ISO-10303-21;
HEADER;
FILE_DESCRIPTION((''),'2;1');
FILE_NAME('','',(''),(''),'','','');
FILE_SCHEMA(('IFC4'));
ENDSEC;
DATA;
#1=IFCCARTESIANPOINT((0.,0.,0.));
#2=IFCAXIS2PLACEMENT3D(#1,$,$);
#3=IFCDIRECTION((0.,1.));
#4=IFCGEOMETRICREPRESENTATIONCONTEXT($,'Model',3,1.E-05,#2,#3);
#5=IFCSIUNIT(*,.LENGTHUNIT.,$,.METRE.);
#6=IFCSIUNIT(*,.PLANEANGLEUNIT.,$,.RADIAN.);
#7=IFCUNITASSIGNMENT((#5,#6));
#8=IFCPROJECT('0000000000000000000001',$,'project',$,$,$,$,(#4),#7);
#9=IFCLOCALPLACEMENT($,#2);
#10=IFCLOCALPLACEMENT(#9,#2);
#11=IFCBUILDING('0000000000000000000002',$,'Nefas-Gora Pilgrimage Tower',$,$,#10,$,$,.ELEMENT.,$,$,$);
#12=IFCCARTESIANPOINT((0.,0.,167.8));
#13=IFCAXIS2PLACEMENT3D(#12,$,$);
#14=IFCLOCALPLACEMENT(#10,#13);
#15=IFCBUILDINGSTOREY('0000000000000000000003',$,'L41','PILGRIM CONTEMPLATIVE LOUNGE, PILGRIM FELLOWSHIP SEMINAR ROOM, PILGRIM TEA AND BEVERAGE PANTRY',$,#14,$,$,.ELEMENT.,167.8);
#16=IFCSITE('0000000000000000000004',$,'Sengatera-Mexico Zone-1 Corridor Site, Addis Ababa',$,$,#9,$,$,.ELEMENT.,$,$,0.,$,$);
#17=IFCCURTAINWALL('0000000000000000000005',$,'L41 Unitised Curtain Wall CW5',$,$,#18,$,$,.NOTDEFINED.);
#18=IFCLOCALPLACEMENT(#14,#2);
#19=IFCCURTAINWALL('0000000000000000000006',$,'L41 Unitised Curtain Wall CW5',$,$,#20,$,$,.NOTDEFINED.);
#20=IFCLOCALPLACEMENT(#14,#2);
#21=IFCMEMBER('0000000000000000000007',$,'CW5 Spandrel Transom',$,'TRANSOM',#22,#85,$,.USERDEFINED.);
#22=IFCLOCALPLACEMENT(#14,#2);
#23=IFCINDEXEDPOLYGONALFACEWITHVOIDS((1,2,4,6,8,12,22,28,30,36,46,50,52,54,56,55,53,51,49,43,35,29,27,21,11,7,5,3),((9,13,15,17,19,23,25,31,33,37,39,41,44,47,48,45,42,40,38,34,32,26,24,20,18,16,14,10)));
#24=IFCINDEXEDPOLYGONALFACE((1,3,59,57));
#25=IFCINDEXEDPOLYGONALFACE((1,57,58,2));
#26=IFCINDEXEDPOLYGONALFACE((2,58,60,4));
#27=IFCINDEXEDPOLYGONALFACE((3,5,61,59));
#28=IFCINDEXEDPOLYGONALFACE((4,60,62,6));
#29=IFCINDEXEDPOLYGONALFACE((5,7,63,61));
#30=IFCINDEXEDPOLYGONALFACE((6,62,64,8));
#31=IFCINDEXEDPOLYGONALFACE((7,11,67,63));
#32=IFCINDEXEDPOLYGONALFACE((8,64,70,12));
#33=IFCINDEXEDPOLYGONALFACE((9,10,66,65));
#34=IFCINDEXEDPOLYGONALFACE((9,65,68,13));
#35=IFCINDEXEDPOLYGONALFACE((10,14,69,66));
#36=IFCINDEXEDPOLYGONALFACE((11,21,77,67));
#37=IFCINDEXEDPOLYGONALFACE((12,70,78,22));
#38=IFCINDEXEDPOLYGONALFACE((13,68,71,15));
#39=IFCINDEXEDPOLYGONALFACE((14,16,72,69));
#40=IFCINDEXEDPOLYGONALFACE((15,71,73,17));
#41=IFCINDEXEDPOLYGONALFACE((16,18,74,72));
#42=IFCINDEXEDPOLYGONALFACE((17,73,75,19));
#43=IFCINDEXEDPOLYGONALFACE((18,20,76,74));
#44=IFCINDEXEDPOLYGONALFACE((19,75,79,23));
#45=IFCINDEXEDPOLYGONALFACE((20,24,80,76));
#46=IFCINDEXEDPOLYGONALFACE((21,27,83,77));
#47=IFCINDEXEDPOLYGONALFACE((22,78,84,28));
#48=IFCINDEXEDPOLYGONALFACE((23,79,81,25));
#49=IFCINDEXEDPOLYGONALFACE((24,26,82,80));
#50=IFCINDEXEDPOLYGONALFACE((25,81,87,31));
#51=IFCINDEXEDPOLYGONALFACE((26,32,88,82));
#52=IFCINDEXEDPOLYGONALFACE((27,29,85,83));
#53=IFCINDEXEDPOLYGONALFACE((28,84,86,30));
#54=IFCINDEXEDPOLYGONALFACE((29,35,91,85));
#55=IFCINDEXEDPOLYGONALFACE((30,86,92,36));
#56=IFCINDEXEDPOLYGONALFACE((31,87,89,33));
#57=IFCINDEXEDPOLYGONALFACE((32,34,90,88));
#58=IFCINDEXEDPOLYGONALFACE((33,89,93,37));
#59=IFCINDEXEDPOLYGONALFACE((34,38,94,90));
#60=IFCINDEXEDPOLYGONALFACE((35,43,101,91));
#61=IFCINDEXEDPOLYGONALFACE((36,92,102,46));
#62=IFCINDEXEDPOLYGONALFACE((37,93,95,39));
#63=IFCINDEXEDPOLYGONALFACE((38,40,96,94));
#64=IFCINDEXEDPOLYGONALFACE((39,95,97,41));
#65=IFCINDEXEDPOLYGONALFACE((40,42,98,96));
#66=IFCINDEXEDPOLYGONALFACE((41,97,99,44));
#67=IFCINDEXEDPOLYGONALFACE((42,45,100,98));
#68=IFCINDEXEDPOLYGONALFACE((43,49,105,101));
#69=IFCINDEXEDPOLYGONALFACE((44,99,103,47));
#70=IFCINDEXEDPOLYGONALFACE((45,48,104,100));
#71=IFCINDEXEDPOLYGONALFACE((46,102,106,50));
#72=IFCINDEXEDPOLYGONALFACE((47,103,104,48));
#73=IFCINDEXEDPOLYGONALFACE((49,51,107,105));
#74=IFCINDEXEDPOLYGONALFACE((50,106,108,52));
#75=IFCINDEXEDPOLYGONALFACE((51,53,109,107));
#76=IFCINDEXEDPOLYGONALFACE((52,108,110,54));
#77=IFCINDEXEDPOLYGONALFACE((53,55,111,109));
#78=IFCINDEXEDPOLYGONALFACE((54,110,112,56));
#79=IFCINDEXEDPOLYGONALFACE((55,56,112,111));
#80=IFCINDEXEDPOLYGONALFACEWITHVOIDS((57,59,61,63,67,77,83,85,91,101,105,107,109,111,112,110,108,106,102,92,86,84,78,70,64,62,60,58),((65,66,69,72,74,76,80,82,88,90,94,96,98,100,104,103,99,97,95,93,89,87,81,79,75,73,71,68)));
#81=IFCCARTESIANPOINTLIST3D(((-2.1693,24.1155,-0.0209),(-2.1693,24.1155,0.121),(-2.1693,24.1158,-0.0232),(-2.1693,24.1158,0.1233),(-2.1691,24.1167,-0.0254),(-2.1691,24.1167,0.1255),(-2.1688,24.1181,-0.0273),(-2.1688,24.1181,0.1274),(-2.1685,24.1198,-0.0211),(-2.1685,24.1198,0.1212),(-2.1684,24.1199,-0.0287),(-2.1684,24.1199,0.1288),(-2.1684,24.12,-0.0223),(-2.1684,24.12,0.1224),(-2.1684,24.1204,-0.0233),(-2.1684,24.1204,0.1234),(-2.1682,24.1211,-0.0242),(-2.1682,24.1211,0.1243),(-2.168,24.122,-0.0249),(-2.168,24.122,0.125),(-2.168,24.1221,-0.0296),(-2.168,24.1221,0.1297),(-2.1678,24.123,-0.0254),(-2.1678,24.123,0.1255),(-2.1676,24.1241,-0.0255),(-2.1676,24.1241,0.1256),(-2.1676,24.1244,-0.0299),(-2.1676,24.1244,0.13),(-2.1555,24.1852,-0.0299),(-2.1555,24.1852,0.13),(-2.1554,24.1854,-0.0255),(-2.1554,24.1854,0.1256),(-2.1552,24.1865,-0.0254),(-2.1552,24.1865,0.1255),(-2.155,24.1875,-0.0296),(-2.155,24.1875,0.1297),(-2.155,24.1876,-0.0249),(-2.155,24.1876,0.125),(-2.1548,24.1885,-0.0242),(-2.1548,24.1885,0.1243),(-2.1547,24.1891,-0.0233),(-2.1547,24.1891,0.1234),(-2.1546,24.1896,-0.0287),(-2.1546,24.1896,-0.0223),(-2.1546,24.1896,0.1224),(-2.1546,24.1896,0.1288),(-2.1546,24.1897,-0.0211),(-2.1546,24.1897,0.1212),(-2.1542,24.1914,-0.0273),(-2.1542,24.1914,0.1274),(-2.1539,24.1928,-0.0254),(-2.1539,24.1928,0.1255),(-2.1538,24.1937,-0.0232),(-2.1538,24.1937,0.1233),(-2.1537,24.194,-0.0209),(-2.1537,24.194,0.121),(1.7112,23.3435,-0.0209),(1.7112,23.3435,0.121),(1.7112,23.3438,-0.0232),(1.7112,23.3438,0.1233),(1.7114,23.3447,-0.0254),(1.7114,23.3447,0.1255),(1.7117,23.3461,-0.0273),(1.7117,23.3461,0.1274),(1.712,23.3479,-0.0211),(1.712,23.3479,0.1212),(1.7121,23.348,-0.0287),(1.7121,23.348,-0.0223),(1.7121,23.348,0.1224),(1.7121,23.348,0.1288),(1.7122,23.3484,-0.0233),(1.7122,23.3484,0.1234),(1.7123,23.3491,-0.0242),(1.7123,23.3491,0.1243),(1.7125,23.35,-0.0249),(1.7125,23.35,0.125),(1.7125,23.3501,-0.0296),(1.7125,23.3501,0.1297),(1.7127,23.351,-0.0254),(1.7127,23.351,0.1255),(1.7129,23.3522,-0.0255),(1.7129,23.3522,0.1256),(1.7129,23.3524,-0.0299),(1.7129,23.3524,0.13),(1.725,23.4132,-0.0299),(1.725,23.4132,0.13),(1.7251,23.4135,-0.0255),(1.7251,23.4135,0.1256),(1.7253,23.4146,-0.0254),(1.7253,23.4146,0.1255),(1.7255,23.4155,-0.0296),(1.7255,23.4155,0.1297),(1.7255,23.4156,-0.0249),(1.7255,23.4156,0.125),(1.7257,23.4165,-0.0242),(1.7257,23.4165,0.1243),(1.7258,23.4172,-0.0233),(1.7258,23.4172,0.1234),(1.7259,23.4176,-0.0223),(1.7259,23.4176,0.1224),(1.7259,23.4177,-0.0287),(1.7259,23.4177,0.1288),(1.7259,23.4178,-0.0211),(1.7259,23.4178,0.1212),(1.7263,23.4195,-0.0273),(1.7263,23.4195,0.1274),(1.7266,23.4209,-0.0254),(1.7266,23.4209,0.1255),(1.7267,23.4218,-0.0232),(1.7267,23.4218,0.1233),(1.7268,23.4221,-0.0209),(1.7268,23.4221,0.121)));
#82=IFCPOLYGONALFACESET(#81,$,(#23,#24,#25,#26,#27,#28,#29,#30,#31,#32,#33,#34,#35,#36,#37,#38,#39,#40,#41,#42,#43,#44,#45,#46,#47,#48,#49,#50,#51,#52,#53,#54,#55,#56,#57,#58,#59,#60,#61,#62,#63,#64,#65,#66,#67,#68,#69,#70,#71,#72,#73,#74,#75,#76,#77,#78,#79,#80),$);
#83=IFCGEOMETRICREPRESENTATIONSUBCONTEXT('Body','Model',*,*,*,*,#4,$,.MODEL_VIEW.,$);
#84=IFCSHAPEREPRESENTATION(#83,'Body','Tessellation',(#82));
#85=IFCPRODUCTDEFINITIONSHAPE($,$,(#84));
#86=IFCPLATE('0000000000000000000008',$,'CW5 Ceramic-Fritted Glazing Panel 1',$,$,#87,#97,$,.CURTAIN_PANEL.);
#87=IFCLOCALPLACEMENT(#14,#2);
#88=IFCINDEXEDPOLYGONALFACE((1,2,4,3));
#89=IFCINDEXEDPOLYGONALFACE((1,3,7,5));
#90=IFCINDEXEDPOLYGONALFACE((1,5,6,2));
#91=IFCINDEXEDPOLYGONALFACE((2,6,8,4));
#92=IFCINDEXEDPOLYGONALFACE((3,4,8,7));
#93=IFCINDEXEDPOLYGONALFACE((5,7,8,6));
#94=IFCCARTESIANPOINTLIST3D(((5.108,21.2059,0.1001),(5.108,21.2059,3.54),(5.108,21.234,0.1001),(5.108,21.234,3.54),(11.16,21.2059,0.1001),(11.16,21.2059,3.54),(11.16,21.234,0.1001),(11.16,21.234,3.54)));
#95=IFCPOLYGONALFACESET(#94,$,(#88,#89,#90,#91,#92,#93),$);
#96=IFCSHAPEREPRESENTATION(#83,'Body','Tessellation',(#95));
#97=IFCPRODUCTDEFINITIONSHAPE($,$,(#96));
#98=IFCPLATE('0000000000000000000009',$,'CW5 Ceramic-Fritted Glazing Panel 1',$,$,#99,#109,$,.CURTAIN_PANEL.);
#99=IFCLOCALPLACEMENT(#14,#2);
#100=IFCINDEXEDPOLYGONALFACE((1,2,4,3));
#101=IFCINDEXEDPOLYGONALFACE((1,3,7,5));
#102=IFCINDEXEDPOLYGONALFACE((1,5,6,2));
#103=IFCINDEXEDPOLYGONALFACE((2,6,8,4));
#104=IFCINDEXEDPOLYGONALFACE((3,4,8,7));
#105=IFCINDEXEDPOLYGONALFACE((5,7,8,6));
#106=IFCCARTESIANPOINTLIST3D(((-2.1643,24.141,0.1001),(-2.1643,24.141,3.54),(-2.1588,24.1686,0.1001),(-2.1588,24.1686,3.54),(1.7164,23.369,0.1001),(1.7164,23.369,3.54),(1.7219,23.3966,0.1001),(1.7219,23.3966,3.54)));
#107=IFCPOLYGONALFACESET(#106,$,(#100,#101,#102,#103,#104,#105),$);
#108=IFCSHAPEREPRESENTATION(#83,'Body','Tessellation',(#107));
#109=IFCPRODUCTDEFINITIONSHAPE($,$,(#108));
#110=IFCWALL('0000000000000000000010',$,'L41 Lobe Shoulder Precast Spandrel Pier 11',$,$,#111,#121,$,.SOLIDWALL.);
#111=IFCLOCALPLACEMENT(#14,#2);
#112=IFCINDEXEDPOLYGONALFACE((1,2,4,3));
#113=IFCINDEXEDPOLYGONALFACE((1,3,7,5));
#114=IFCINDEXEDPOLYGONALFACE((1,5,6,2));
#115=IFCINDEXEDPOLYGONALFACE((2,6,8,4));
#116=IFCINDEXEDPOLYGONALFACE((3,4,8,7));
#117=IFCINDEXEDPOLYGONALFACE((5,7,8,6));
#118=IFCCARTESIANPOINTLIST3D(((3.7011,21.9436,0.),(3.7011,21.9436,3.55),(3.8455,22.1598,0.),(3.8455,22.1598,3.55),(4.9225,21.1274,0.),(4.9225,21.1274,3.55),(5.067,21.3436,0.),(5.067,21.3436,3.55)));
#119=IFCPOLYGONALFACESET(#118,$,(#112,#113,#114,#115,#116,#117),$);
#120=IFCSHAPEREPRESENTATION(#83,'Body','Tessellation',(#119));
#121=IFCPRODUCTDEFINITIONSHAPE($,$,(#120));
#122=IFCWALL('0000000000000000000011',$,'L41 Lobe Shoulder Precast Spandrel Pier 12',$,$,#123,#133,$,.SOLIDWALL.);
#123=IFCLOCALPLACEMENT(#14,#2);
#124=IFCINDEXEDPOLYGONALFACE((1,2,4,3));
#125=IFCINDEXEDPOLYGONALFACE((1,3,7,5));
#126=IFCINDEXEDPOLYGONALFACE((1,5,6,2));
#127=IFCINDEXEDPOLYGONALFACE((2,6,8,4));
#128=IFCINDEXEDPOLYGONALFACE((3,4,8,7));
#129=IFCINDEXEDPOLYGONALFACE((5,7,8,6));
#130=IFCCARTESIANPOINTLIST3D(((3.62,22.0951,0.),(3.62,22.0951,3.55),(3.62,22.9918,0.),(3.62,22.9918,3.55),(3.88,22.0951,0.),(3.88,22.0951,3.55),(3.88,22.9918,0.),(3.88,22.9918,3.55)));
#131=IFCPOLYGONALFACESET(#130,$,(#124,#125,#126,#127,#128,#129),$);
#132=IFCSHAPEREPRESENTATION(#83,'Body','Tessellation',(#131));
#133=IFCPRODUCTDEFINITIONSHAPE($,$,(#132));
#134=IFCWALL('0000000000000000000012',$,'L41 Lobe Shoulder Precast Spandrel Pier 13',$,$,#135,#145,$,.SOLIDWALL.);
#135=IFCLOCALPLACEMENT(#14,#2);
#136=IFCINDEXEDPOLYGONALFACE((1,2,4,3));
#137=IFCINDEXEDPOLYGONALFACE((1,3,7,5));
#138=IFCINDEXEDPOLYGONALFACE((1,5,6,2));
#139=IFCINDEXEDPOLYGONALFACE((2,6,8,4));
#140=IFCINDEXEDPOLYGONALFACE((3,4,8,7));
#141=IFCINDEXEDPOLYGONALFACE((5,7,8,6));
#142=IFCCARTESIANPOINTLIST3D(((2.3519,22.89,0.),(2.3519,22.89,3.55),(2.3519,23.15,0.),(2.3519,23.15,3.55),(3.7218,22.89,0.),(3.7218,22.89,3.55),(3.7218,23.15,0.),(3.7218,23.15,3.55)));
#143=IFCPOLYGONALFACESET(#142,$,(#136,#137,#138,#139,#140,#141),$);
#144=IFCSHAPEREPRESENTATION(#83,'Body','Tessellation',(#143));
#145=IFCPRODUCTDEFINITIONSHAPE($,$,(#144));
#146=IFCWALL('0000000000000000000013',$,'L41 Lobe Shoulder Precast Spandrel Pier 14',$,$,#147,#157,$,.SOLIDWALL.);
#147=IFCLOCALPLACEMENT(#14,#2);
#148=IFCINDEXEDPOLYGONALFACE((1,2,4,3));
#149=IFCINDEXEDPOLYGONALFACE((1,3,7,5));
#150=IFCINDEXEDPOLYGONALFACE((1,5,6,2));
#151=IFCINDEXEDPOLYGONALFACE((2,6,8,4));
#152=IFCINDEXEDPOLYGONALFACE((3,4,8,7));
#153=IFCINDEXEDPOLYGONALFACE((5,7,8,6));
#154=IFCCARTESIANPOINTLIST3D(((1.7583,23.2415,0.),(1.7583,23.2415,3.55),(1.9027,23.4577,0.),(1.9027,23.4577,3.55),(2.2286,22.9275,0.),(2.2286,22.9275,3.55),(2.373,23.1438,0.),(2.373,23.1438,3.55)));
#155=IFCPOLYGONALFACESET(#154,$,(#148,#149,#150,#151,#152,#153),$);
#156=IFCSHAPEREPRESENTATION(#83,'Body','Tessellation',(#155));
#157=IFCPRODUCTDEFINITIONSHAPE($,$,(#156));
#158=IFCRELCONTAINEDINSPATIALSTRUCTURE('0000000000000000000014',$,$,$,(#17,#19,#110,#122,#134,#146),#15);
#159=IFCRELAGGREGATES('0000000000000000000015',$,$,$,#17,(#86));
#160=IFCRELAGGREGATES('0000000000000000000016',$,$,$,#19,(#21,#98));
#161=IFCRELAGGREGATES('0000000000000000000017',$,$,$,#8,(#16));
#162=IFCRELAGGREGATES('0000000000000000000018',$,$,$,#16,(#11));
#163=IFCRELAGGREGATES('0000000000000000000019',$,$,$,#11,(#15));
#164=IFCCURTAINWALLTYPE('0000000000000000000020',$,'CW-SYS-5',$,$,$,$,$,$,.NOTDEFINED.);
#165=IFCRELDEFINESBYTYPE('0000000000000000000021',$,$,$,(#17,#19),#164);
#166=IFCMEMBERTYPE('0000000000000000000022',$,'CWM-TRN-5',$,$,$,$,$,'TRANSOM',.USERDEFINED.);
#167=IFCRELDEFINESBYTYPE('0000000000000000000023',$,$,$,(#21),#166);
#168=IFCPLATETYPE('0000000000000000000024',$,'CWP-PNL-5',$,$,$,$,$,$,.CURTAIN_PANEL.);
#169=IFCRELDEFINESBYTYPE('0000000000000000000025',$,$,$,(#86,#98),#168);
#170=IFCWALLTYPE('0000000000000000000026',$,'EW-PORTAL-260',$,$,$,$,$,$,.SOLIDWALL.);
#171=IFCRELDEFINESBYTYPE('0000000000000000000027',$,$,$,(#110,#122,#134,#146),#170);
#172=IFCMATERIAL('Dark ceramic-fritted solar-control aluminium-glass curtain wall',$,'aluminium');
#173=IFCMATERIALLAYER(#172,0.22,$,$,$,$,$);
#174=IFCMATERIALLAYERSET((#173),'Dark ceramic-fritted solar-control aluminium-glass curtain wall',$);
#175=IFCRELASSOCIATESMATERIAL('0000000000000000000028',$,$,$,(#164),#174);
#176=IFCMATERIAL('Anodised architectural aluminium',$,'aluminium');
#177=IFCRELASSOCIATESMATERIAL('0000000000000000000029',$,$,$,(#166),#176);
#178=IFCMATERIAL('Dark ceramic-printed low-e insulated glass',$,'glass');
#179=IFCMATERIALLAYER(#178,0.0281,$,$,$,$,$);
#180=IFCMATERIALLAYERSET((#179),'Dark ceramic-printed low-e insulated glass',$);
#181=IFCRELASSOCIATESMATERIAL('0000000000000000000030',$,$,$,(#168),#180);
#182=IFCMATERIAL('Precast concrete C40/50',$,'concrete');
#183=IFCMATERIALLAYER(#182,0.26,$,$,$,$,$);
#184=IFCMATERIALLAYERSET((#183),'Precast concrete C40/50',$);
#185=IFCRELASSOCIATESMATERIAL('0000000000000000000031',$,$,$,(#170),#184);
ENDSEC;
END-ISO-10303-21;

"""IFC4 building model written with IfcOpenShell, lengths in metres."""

from ifc_helpers import new_model, si_unit, direction, frame, frame_2d, origin, origin_2d, place, context, subcontext, project, spatial, rectangle, hollow_rectangle, extrude, source, transform, mapped, material, layer, layer_set, material_profile, profile_set, type_object, element, aggregate, save


model = new_model("IFC4")

# Units and contexts
model_context = context("Model", 3, precision=1e-05, world=origin(), true_north=direction((0.0, 1.0)))
body_context = subcontext(model_context, "Body", "Model", "MODEL_VIEW")
ifc_project = project(units=[si_unit("LENGTHUNIT", "METRE"), si_unit("PLANEANGLEUNIT", "RADIAN")], contexts=[model_context])

# Site, building, storey
site_placement = place(None, origin())
site = spatial("IfcSite", under=ifc_project, at=site_placement, Name="Sengatera-Mexico Zone-1 Corridor Site, Addis Ababa", CompositionType="ELEMENT", RefElevation=0.0)
building_placement = place(site_placement, origin())
building = spatial("IfcBuilding", under=site, at=building_placement, Name="Nefas-Gora Pilgrimage Tower", CompositionType="ELEMENT")
storey_placement = place(building_placement, frame((0.0, 0.0, 167.8)))
storey = spatial("IfcBuildingStorey", under=building, at=storey_placement, Name="L41", Description="PILGRIM CONTEMPLATIVE LOUNGE, PILGRIM FELLOWSHIP SEMINAR ROOM, PILGRIM TEA AND BEVERAGE PANTRY", CompositionType="ELEMENT", Elevation=167.8)

# Curtain wall
ifc_material_1 = material(Name="Dark ceramic-fritted solar-control aluminium-glass curtain wall", Category="aluminium")
ifc_layer_1 = layer(ifc_material_1, 0.22)
ifc_layer_set_1 = layer_set([ifc_layer_1], Name="Dark ceramic-fritted solar-control aluminium-glass curtain wall")
curtain_wall_type = type_object("IfcCurtainWallType", Name="CW-SYS-5", PredefinedType="NOTDEFINED", material=ifc_layer_set_1)
curtain_wall_1_placement = place(storey_placement, origin())
curtain_wall_1 = element("IfcCurtainWall", 1, at=curtain_wall_1_placement, inside=storey, type_object=curtain_wall_type, Name="L41 Unitised Curtain Wall CW5", PredefinedType="NOTDEFINED")
ifc_material_2 = material(Name="Anodised architectural aluminium", Category="aluminium")

# Curtain wall
curtain_wall_2_placement = place(storey_placement, origin())
curtain_wall_2 = element("IfcCurtainWall", 2, at=curtain_wall_2_placement, inside=storey, type_object=curtain_wall_type, Name="L41 Unitised Curtain Wall CW5", PredefinedType="NOTDEFINED")

# Member
ifc_material_profile_1 = material_profile(ifc_material_2, hollow_rectangle(XDim=0.0801, YDim=0.1599, WallThickness=0.0044, InnerFilletRadius=0.0044, OuterFilletRadius=0.009, at=origin_2d()), Name="ALU TRANSOM 80x160")
ifc_profile_set_1 = profile_set([ifc_material_profile_1], Name="Anodised architectural aluminium")
member_type_1 = type_object("IfcMemberType", Name="CWM-TRN-5", ElementType="TRANSOM", PredefinedType="USERDEFINED", material=ifc_profile_set_1)
shared_shape_1 = source(origin(), body_context, "Body", "SweptSolid", [
    extrude(hollow_rectangle(XDim=0.0801, YDim=0.1599, WallThickness=0.0044, InnerFilletRadius=0.0044, OuterFilletRadius=0.009, at=origin_2d()), origin(), (0.0, 0.0, 1.0), 3.9565),
])
member_1_placement = place(storey_placement, frame((1.719, 23.3828, 0.05), z_axis=(-0.980782, 0.195107, 0.0), x_axis=(-0.195107, -0.980782, 0.0)))
member_1 = element("IfcMember", 3, at=member_1_placement, type_object=member_type_1, Name="CW5 Spandrel Transom", ObjectType="TRANSOM", PredefinedType="USERDEFINED", context=body_context, shape_type="MappedRepresentation", body=[
    mapped(shared_shape_1, transform((0.0, 0.0, 0.0), x_axis=(1.0, 0.0, 0.0), y_axis=(0.0, 1.0, 0.0), z_axis=(0.0, 0.0, 1.0), scale=1.0)),
])

# Plates
ifc_material_3 = material(Name="Dark ceramic-printed low-e insulated glass", Category="glass")
ifc_layer_2 = layer(ifc_material_3, 0.0281)
ifc_layer_set_2 = layer_set([ifc_layer_2], Name="Dark ceramic-printed low-e insulated glass")
plate_type = type_object("IfcPlateType", Name="CWP-PNL-5", PredefinedType="CURTAIN_PANEL", material=ifc_layer_set_2)
shared_shape_2 = source(origin(), body_context, "Body", "SweptSolid", [
    extrude(rectangle(XDim=6.052, YDim=0.0281, at=origin_2d()), origin(), (0.0, 0.0, 1.0), 3.4399),
])
plate_1_placement = place(storey_placement, frame((8.134, 21.22, 0.1001), z_axis=(0.0, 0.0, 1.0), x_axis=(-1.0, 0.0, 0.0)))
plate_1 = element("IfcPlate", 4, at=plate_1_placement, type_object=plate_type, Name="CW5 Ceramic-Fritted Glazing Panel 1", PredefinedType="CURTAIN_PANEL", context=body_context, shape_type="MappedRepresentation", body=[
    mapped(shared_shape_2, transform((0.0, 0.0, 0.0), x_axis=(1.0, 0.0, 0.0), y_axis=(0.0, 1.0, 0.0), z_axis=(0.0, 0.0, 1.0), scale=1.0)),
])
aggregate(curtain_wall_1, [plate_1])
shared_shape_3 = source(origin(), body_context, "Body", "SweptSolid", [
    extrude(rectangle(XDim=3.9568, YDim=0.0281, at=origin_2d()), origin(), (0.0, 0.0, 1.0), 3.4399),
])
plate_2_placement = place(storey_placement, frame((-0.2212, 23.7688, 0.1001), z_axis=(0.0, 0.0, 1.0), x_axis=(-0.980783, 0.195102, 0.0)))
plate_2 = element("IfcPlate", 5, at=plate_2_placement, type_object=plate_type, Name="CW5 Ceramic-Fritted Glazing Panel 1", PredefinedType="CURTAIN_PANEL", context=body_context, shape_type="MappedRepresentation", body=[
    mapped(shared_shape_3, transform((0.0, 0.0, 0.0), x_axis=(1.0, 0.0, 0.0), y_axis=(0.0, 1.0, 0.0), z_axis=(0.0, 0.0, 1.0), scale=1.0)),
])
aggregate(curtain_wall_2, [member_1, plate_2])

# Walls
ifc_material_4 = material(Name="Precast concrete C40/50", Category="concrete")
ifc_layer_3 = layer(ifc_material_4, 0.26)
ifc_layer_set_3 = layer_set([ifc_layer_3], Name="Precast concrete C40/50")
wall_type_1 = type_object("IfcWallType", Name="EW-PORTAL-260", PredefinedType="SOLIDWALL", material=ifc_layer_set_3)
shared_shape_4 = source(origin(), body_context, "Body", "SweptSolid", [
    extrude(rectangle(XDim=1.469, YDim=0.26, at=frame_2d((0.7344, 0.0))), origin(), (0.0, 0.0, 1.0), 3.55),
])
wall_1_placement = place(storey_placement, frame((4.9946, 21.2356, 0.0), z_axis=(0.0, 0.0, 1.0), x_axis=(-0.831462, 0.555582, 0.0)))
element("IfcWall", 6, at=wall_1_placement, inside=storey, type_object=wall_type_1, Name="L41 Lobe Shoulder Precast Spandrel Pier 11", PredefinedType="SOLIDWALL", context=body_context, shape_type="MappedRepresentation", body=[
    mapped(shared_shape_4, transform((0.0, 0.0, 0.0), x_axis=(1.0, 0.0, 0.0), y_axis=(0.0, 1.0, 0.0), z_axis=(0.0, 0.0, 1.0), scale=1.0)),
])
shared_shape_5 = source(origin(), body_context, "Body", "SweptSolid", [
    extrude(rectangle(XDim=0.8967, YDim=0.26, at=frame_2d((0.4482, 0.0))), origin(), (0.0, 0.0, 1.0), 3.55),
])
wall_2_placement = place(storey_placement, frame((3.75, 22.0952, 0.0), z_axis=(0.0, 0.0, 1.0), x_axis=(0.0, 1.0, 0.0)))
element("IfcWall", 7, at=wall_2_placement, inside=storey, type_object=wall_type_1, Name="L41 Lobe Shoulder Precast Spandrel Pier 12", PredefinedType="SOLIDWALL", context=body_context, shape_type="MappedRepresentation", body=[
    mapped(shared_shape_5, transform((0.0, 0.0, 0.0), x_axis=(1.0, 0.0, 0.0), y_axis=(0.0, 1.0, 0.0), z_axis=(0.0, 0.0, 1.0), scale=1.0)),
])
shared_shape_6 = source(origin(), body_context, "Body", "SweptSolid", [
    extrude(rectangle(XDim=1.3699, YDim=0.26, at=frame_2d((0.6851, 0.0))), origin(), (0.0, 0.0, 1.0), 3.55),
])
wall_3_placement = place(storey_placement, frame((3.7219, 23.02, 0.0), z_axis=(0.0, 0.0, 1.0), x_axis=(-1.0, 0.0, 0.0)))
element("IfcWall", 8, at=wall_3_placement, inside=storey, type_object=wall_type_1, Name="L41 Lobe Shoulder Precast Spandrel Pier 13", PredefinedType="SOLIDWALL", context=body_context, shape_type="MappedRepresentation", body=[
    mapped(shared_shape_6, transform((0.0, 0.0, 0.0), x_axis=(1.0, 0.0, 0.0), y_axis=(0.0, 1.0, 0.0), z_axis=(0.0, 0.0, 1.0), scale=1.0)),
])
shared_shape_7 = source(origin(), body_context, "Body", "SweptSolid", [
    extrude(rectangle(XDim=0.5654, YDim=0.26, at=frame_2d((0.2827, 0.0))), origin(), (0.0, 0.0, 1.0), 3.55),
])
wall_4_placement = place(storey_placement, frame((2.3008, 23.0356, 0.0), z_axis=(0.0, 0.0, 1.0), x_axis=(-0.831651, 0.555298, 0.0)))
element("IfcWall", 9, at=wall_4_placement, inside=storey, type_object=wall_type_1, Name="L41 Lobe Shoulder Precast Spandrel Pier 14", PredefinedType="SOLIDWALL", context=body_context, shape_type="MappedRepresentation", body=[
    mapped(shared_shape_7, transform((0.0, 0.0, 0.0), x_axis=(1.0, 0.0, 0.0), y_axis=(0.0, 1.0, 0.0), z_axis=(0.0, 0.0, 1.0), scale=1.0)),
])

save(model, "model.ifc")
